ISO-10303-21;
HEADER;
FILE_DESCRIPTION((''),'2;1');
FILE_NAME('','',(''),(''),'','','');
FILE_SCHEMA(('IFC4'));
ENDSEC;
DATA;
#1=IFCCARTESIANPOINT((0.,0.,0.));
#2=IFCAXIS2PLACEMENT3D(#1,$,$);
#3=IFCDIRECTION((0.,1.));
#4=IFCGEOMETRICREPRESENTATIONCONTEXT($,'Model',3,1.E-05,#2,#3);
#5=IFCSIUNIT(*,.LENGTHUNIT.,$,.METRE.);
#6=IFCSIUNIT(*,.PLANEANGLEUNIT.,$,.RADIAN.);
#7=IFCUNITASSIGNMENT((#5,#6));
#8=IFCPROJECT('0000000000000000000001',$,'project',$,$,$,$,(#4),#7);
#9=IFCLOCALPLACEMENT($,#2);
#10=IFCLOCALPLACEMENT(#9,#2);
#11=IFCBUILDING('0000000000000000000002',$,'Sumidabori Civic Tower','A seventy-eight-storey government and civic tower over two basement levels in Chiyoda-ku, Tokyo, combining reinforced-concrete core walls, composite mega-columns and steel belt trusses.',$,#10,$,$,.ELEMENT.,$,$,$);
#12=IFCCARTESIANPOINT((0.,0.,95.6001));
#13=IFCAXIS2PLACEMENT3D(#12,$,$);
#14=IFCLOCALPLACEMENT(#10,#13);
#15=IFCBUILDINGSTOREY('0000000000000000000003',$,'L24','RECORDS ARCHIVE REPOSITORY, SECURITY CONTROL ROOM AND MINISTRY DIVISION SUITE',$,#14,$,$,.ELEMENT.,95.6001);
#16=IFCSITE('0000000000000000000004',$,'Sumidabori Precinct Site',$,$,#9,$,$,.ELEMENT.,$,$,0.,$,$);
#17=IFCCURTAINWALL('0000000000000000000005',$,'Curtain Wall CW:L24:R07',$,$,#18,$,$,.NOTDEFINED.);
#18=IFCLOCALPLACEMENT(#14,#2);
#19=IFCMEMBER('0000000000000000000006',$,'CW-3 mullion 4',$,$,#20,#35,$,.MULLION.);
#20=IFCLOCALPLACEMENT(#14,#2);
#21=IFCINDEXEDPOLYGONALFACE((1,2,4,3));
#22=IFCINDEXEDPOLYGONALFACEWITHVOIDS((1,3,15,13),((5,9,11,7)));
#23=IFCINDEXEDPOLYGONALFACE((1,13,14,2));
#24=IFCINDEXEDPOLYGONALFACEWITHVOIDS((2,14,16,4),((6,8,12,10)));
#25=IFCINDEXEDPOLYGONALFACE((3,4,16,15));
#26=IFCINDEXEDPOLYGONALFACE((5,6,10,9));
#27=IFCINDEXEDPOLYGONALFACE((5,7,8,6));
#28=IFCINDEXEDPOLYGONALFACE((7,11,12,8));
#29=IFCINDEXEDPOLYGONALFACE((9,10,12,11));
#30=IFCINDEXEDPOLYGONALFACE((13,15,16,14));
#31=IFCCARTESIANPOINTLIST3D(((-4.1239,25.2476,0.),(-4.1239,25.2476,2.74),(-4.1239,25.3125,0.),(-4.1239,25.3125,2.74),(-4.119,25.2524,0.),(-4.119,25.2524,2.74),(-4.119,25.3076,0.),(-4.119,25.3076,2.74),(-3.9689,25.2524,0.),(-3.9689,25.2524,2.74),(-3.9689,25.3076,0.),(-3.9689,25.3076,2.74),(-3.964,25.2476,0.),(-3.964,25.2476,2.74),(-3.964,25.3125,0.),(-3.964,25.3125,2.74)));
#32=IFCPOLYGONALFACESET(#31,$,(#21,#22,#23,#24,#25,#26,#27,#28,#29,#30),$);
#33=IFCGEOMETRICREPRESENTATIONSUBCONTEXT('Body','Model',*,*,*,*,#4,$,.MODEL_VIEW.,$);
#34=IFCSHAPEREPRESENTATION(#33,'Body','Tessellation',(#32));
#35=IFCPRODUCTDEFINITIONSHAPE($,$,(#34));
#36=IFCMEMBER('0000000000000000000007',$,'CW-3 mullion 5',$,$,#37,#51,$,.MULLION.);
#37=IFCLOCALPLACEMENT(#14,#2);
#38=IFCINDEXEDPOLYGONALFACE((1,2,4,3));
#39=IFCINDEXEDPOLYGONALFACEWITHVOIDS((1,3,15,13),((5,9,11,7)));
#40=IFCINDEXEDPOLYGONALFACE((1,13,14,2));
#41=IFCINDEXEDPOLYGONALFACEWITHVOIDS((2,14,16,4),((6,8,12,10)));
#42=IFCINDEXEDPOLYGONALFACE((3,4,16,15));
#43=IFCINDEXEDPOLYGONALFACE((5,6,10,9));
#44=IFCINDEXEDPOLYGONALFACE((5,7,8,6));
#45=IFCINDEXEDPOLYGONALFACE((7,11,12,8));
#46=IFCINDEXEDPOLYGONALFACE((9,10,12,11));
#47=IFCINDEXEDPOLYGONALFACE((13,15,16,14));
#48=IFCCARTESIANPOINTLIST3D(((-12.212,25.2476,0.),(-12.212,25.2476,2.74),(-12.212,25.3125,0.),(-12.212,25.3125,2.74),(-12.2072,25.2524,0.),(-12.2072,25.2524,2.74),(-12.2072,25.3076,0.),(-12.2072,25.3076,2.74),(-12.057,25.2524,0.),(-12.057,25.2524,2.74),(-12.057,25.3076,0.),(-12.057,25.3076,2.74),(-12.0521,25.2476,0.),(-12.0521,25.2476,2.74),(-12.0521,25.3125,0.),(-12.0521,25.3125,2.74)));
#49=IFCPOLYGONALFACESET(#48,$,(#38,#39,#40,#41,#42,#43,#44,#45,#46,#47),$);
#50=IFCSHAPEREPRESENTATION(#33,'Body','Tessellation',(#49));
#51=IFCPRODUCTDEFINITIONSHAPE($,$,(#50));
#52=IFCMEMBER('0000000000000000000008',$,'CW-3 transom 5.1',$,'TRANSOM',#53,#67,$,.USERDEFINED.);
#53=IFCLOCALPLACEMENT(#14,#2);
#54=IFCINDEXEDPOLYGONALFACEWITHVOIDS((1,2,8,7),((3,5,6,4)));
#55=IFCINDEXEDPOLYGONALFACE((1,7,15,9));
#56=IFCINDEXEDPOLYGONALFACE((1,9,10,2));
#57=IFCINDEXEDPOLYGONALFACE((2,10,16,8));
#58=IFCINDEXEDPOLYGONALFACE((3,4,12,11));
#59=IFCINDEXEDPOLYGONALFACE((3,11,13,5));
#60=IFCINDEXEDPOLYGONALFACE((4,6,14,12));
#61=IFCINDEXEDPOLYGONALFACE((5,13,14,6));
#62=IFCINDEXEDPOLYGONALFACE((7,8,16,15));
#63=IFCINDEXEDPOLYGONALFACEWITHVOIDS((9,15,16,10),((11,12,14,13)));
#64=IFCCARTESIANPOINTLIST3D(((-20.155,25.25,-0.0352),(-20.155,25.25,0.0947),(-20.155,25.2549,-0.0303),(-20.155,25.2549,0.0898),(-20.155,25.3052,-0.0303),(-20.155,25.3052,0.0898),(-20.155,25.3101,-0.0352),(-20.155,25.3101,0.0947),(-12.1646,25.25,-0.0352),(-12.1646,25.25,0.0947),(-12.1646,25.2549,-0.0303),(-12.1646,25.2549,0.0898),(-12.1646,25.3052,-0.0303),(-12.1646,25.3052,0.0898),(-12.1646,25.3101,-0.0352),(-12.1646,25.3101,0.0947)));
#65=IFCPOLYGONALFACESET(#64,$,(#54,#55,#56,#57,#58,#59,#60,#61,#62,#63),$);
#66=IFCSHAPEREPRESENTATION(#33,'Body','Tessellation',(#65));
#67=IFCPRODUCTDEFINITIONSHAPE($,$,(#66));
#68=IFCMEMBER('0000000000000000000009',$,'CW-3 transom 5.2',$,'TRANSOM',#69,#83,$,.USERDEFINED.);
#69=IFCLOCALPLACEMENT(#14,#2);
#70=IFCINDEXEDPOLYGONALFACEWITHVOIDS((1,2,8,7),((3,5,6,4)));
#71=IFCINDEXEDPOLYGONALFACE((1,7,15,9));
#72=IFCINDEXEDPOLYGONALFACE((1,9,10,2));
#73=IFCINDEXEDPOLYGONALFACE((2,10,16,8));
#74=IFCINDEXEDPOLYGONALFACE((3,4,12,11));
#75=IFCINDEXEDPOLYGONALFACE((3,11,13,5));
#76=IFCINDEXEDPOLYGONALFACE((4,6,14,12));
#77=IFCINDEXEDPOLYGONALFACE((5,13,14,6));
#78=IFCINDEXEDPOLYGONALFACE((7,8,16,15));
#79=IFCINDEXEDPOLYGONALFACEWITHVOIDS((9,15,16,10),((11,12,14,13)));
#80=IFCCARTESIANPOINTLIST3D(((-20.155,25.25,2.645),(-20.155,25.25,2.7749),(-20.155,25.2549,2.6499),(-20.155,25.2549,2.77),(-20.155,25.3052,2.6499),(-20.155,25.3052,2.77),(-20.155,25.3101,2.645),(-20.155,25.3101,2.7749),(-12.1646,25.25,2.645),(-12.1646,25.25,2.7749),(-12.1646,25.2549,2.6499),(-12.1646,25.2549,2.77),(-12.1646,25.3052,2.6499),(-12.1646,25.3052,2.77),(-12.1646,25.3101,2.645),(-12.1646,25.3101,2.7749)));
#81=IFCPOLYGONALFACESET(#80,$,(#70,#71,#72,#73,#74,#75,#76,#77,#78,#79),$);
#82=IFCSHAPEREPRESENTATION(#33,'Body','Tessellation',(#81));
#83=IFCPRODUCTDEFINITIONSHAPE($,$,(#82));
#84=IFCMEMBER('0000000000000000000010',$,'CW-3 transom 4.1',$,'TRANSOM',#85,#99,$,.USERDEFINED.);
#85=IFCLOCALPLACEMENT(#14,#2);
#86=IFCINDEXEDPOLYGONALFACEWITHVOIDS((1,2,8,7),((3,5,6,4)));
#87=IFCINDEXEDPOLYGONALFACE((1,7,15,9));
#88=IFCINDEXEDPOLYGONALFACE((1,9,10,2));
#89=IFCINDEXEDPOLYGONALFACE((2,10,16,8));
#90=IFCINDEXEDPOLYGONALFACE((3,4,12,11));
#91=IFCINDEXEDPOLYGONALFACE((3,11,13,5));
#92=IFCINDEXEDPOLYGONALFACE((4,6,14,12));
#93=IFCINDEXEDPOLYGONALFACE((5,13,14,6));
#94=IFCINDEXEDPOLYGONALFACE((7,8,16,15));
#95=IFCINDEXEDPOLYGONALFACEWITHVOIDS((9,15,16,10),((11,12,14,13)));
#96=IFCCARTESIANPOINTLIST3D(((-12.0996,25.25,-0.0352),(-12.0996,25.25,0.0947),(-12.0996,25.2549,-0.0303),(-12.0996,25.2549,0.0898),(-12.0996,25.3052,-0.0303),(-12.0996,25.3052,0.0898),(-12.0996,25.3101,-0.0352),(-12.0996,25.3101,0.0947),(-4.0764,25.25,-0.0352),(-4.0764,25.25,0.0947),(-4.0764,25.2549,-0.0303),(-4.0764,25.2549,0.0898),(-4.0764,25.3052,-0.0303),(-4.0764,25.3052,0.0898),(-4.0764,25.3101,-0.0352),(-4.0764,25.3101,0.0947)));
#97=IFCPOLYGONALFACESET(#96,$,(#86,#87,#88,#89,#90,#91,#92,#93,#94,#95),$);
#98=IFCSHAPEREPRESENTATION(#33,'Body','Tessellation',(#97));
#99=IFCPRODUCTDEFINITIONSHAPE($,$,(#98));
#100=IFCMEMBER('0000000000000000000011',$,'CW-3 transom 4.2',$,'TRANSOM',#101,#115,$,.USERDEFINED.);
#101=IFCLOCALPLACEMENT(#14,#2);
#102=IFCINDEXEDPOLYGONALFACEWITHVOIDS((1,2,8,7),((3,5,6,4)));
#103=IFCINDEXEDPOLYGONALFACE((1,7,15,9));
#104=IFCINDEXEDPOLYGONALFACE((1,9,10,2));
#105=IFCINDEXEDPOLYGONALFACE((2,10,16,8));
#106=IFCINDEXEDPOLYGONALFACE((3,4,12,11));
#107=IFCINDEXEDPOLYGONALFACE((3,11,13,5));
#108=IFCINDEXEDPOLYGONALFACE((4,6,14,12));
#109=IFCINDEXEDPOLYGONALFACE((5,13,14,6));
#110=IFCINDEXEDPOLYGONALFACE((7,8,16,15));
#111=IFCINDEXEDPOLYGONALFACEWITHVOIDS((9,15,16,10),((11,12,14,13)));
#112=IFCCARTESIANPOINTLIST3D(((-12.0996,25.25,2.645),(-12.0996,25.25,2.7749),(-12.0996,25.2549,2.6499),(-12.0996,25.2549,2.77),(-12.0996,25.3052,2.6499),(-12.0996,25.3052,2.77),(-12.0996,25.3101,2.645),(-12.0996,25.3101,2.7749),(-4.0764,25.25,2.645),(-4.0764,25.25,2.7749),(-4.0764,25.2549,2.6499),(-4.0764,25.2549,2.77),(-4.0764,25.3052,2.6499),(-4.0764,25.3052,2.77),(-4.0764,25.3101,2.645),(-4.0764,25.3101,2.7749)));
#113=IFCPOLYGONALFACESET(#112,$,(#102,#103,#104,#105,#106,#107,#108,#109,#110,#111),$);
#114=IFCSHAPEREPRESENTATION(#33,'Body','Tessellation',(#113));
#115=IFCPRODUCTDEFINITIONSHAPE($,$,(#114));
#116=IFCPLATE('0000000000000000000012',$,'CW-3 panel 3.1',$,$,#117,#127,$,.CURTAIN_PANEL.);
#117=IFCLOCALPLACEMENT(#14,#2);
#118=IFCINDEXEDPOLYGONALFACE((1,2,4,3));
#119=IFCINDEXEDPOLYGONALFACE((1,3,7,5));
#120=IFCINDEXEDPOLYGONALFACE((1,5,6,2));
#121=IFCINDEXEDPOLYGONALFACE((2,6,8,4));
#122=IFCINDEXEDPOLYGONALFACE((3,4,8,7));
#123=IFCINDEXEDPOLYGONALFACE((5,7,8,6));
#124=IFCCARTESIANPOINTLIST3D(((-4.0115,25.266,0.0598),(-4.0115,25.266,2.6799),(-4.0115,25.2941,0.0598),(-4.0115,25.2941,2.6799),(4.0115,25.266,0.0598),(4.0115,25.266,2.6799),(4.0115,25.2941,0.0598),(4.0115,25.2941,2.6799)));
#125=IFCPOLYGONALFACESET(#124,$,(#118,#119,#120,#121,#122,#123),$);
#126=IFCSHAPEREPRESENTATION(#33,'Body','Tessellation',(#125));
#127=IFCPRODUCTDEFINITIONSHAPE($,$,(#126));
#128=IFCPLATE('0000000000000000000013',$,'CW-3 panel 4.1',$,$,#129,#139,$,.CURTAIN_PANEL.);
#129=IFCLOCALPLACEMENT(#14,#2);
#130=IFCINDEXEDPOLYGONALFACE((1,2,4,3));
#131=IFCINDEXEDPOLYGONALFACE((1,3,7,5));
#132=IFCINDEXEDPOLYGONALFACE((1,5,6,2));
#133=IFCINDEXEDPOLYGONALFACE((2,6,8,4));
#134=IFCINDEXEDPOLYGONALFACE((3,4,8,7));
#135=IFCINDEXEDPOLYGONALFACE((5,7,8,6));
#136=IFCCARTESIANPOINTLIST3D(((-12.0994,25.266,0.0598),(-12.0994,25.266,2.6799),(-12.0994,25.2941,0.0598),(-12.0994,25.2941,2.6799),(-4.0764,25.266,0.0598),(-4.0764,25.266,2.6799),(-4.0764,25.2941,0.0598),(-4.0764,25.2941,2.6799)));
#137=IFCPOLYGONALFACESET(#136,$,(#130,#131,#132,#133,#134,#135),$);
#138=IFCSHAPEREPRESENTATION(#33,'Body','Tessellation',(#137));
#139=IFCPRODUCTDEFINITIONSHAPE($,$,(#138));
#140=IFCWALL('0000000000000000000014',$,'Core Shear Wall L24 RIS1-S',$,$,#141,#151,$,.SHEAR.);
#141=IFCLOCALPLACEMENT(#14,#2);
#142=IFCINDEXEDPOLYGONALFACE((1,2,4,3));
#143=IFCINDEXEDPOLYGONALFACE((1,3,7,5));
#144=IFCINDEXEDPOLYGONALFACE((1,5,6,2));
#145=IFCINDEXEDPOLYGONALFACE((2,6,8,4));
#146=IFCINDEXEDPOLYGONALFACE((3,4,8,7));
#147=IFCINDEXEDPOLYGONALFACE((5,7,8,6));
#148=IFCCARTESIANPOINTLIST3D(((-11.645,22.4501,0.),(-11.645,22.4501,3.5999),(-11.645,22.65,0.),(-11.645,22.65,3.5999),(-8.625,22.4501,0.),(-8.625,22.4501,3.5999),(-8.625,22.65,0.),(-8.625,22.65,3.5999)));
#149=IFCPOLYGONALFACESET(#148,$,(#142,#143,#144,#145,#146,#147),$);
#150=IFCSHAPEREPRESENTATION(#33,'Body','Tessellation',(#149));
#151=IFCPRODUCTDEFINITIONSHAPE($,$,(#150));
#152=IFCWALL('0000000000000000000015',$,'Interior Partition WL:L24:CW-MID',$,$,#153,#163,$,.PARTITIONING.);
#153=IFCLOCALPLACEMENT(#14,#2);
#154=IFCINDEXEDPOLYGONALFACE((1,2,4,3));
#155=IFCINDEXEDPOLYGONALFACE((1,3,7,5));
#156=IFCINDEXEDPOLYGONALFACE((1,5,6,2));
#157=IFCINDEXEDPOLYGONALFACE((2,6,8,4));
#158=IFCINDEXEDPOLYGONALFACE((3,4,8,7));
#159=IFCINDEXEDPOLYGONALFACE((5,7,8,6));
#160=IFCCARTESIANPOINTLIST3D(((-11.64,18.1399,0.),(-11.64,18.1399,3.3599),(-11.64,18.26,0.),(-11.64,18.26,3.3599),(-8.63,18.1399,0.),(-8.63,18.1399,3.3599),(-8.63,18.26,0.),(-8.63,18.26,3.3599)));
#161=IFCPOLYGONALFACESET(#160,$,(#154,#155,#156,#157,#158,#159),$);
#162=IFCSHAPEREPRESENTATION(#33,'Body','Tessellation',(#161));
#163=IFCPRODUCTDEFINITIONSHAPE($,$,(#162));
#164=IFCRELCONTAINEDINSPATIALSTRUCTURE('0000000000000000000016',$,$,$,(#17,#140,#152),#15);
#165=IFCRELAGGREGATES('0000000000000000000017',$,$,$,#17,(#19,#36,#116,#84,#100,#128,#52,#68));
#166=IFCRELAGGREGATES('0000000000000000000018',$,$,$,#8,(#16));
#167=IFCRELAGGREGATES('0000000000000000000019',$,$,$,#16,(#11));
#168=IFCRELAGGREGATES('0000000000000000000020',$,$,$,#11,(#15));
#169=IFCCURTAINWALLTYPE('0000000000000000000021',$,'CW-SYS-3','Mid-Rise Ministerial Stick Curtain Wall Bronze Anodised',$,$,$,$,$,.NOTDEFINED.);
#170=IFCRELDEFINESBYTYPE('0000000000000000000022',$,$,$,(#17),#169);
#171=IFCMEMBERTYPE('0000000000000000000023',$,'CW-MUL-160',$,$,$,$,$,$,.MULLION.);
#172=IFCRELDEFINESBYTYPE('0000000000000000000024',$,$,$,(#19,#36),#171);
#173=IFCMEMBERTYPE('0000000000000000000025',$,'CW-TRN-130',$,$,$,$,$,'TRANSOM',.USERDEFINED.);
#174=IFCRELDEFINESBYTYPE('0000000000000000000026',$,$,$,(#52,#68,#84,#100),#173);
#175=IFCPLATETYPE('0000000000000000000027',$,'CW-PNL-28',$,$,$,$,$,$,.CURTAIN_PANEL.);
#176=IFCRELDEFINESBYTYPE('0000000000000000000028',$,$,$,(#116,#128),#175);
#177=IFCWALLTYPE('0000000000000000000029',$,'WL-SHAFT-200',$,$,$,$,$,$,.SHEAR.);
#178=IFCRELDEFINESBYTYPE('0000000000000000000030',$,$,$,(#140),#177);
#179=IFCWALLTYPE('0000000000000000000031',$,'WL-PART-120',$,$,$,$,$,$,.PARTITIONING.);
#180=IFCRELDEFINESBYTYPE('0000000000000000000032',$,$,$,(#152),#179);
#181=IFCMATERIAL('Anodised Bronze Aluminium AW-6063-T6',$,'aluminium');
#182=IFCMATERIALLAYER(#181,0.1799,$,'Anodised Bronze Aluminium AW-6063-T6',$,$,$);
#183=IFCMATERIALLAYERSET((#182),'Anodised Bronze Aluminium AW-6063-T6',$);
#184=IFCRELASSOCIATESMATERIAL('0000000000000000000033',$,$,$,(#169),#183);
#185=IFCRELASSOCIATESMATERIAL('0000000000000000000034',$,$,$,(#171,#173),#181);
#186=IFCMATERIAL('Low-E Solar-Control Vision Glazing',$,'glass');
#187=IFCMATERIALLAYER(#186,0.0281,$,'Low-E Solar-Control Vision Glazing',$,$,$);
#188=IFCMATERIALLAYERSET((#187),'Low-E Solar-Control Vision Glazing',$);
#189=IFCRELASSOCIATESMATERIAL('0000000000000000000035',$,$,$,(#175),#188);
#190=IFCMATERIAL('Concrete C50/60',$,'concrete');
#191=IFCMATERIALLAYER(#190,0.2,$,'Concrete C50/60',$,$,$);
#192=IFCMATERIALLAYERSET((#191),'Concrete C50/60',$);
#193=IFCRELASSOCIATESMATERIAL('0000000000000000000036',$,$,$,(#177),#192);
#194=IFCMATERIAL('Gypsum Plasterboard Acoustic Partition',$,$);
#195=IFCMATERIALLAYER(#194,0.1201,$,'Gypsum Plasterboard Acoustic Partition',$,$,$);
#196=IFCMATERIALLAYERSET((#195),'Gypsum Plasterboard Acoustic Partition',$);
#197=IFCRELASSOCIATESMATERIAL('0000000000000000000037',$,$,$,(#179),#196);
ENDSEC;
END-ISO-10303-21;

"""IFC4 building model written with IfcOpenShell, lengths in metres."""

from ifc_helpers import new_model, si_unit, direction, frame, frame_2d, origin, origin_2d, place, context, subcontext, project, spatial, rectangle, hollow_rectangle, extrude, source, transform, mapped, material, layer, layer_set, material_profile, profile_set, type_object, element, aggregate, save


model = new_model("IFC4")

# Units and contexts
model_context = context("Model", 3, precision=1e-05, world=origin(), true_north=direction((0.0, 1.0)))
body_context = subcontext(model_context, "Body", "Model", "MODEL_VIEW")
ifc_project = project(units=[si_unit("LENGTHUNIT", "METRE"), si_unit("PLANEANGLEUNIT", "RADIAN")], contexts=[model_context])

# Site, building, storey
site_placement = place(None, origin())
site = spatial("IfcSite", under=ifc_project, at=site_placement, Name="Sumidabori Precinct Site", CompositionType="ELEMENT", RefElevation=0.0)
building_placement = place(site_placement, origin())
building = spatial("IfcBuilding", under=site, at=building_placement, Name="Sumidabori Civic Tower", Description="A seventy-eight-storey government and civic tower over two basement levels in Chiyoda-ku, Tokyo, combining reinforced-concrete core walls, composite mega-columns and steel belt trusses.", CompositionType="ELEMENT")
storey_placement = place(building_placement, frame((0.0, 0.0, 95.6001)))
storey = spatial("IfcBuildingStorey", under=building, at=storey_placement, Name="L24", Description="RECORDS ARCHIVE REPOSITORY, SECURITY CONTROL ROOM AND MINISTRY DIVISION SUITE", CompositionType="ELEMENT", Elevation=95.6001)

# Curtain wall, members, plates
ifc_material_1 = material(Name="Anodised Bronze Aluminium AW-6063-T6", Category="aluminium")
ifc_layer_1 = layer(ifc_material_1, 0.1799, Name="Anodised Bronze Aluminium AW-6063-T6")
ifc_layer_set_1 = layer_set([ifc_layer_1], Name="Anodised Bronze Aluminium AW-6063-T6")
curtain_wall_type = type_object("IfcCurtainWallType", Name="CW-SYS-3", Description="Mid-Rise Ministerial Stick Curtain Wall Bronze Anodised", PredefinedType="NOTDEFINED", material=ifc_layer_set_1)
curtain_wall_placement = place(storey_placement, origin())
curtain_wall = element("IfcCurtainWall", 1, at=curtain_wall_placement, inside=storey, type_object=curtain_wall_type, Name="Curtain Wall CW:L24:R07", PredefinedType="NOTDEFINED")
ifc_material_profile_1 = material_profile(ifc_material_1, hollow_rectangle(XDim=0.0649, YDim=0.1599, WallThickness=0.0049, at=origin_2d()), Name="ALU MULLION 160x65")
ifc_profile_set_1 = profile_set([ifc_material_profile_1], Name="Anodised Bronze Aluminium AW-6063-T6")
member_type_1 = type_object("IfcMemberType", Name="CW-MUL-160", PredefinedType="MULLION", material=ifc_profile_set_1)
shared_shape_1 = source(origin(), body_context, "Body", "SweptSolid", [
    extrude(hollow_rectangle(XDim=0.0649, YDim=0.1599, WallThickness=0.0049, at=origin_2d()), origin(), (0.0, 0.0, 1.0), 2.74),
])
member_1_placement = place(storey_placement, frame((-4.0439, 25.28, 0.0), z_axis=(0.0, 0.0, 1.0), x_axis=(0.0, -1.0, 0.0)))
member_1 = element("IfcMember", 2, at=member_1_placement, type_object=member_type_1, Name="CW-3 mullion 4", PredefinedType="MULLION", context=body_context, shape_type="MappedRepresentation", body=[
    mapped(shared_shape_1, transform((0.0, 0.0, 0.0), x_axis=(1.0, 0.0, 0.0), y_axis=(0.0, 1.0, 0.0), z_axis=(0.0, 0.0, 1.0), scale=1.0)),
])
member_2_placement = place(storey_placement, frame((-12.1321, 25.28, 0.0), z_axis=(0.0, 0.0, 1.0), x_axis=(0.0, -1.0, 0.0)))
member_2 = element("IfcMember", 3, at=member_2_placement, type_object=member_type_1, Name="CW-3 mullion 5", PredefinedType="MULLION", context=body_context, shape_type="MappedRepresentation", body=[
    mapped(shared_shape_1, transform((0.0, 0.0, 0.0), x_axis=(1.0, 0.0, 0.0), y_axis=(0.0, 1.0, 0.0), z_axis=(0.0, 0.0, 1.0), scale=1.0)),
])
ifc_material_profile_2 = material_profile(ifc_material_1, hollow_rectangle(XDim=0.0601, YDim=0.1299, WallThickness=0.0049, at=origin_2d()), Name="ALU TRANSOM 130x60")
ifc_profile_set_2 = profile_set([ifc_material_profile_2], Name="Anodised Bronze Aluminium AW-6063-T6")
member_type_2 = type_object("IfcMemberType", Name="CW-TRN-130", ElementType="TRANSOM", PredefinedType="USERDEFINED", material=ifc_profile_set_2)
shared_shape_2 = source(origin(), body_context, "Body", "SweptSolid", [
    extrude(hollow_rectangle(XDim=0.0601, YDim=0.1299, WallThickness=0.0049, at=origin_2d()), origin(), (0.0, 0.0, 1.0), 7.9905),
])
member_3_placement = place(storey_placement, frame((-12.1646, 25.28, 0.0298), z_axis=(-1.0, 0.0, 0.0), x_axis=(0.0, -1.0, 0.0)))
member_3 = element("IfcMember", 4, at=member_3_placement, type_object=member_type_2, Name="CW-3 transom 5.1", ObjectType="TRANSOM", PredefinedType="USERDEFINED", context=body_context, shape_type="MappedRepresentation", body=[
    mapped(shared_shape_2, transform((0.0, 0.0, 0.0), x_axis=(1.0, 0.0, 0.0), y_axis=(0.0, 1.0, 0.0), z_axis=(0.0, 0.0, 1.0), scale=1.0)),
])
member_4_placement = place(storey_placement, frame((-12.1646, 25.28, 2.71), z_axis=(-1.0, 0.0, 0.0), x_axis=(0.0, -1.0, 0.0)))
member_4 = element("IfcMember", 5, at=member_4_placement, type_object=member_type_2, Name="CW-3 transom 5.2", ObjectType="TRANSOM", PredefinedType="USERDEFINED", context=body_context, shape_type="MappedRepresentation", body=[
    mapped(shared_shape_2, transform((0.0, 0.0, 0.0), x_axis=(1.0, 0.0, 0.0), y_axis=(0.0, 1.0, 0.0), z_axis=(0.0, 0.0, 1.0), scale=1.0)),
])
shared_shape_3 = source(origin(), body_context, "Body", "SweptSolid", [
    extrude(hollow_rectangle(XDim=0.0601, YDim=0.1299, WallThickness=0.0049, at=origin_2d()), origin(), (0.0, 0.0, 1.0), 8.0232),
])
member_5_placement = place(storey_placement, frame((-4.0764, 25.28, 0.0298), z_axis=(-1.0, 0.0, 0.0), x_axis=(0.0, -1.0, 0.0)))
member_5 = element("IfcMember", 6, at=member_5_placement, type_object=member_type_2, Name="CW-3 transom 4.1", ObjectType="TRANSOM", PredefinedType="USERDEFINED", context=body_context, shape_type="MappedRepresentation", body=[
    mapped(shared_shape_3, transform((0.0, 0.0, 0.0), x_axis=(1.0, 0.0, 0.0), y_axis=(0.0, 1.0, 0.0), z_axis=(0.0, 0.0, 1.0), scale=1.0)),
])
member_6_placement = place(storey_placement, frame((-4.0764, 25.28, 2.71), z_axis=(-1.0, 0.0, 0.0), x_axis=(0.0, -1.0, 0.0)))
member_6 = element("IfcMember", 7, at=member_6_placement, type_object=member_type_2, Name="CW-3 transom 4.2", ObjectType="TRANSOM", PredefinedType="USERDEFINED", context=body_context, shape_type="MappedRepresentation", body=[
    mapped(shared_shape_3, transform((0.0, 0.0, 0.0), x_axis=(1.0, 0.0, 0.0), y_axis=(0.0, 1.0, 0.0), z_axis=(0.0, 0.0, 1.0), scale=1.0)),
])
ifc_material_2 = material(Name="Low-E Solar-Control Vision Glazing", Category="glass")
ifc_layer_2 = layer(ifc_material_2, 0.0281, Name="Low-E Solar-Control Vision Glazing")
ifc_layer_set_2 = layer_set([ifc_layer_2], Name="Low-E Solar-Control Vision Glazing")
plate_type = type_object("IfcPlateType", Name="CW-PNL-28", PredefinedType="CURTAIN_PANEL", material=ifc_layer_set_2)
shared_shape_4 = source(origin(), body_context, "Body", "SweptSolid", [
    extrude(rectangle(XDim=8.0229, YDim=0.0281, at=origin_2d()), origin(), (0.0, 0.0, 1.0), 2.6201),
])
plate_1_placement = place(storey_placement, frame((0.0, 25.28, 0.0598), z_axis=(0.0, 0.0, 1.0), x_axis=(-1.0, 0.0, 0.0)))
plate_1 = element("IfcPlate", 8, at=plate_1_placement, type_object=plate_type, Name="CW-3 panel 3.1", PredefinedType="CURTAIN_PANEL", context=body_context, shape_type="MappedRepresentation", body=[
    mapped(shared_shape_4, transform((0.0, 0.0, 0.0), x_axis=(1.0, 0.0, 0.0), y_axis=(0.0, 1.0, 0.0), z_axis=(0.0, 0.0, 1.0), scale=1.0)),
])
plate_2_placement = place(storey_placement, frame((-8.0879, 25.28, 0.0598), z_axis=(0.0, 0.0, 1.0), x_axis=(-1.0, 0.0, 0.0)))
plate_2 = element("IfcPlate", 9, at=plate_2_placement, type_object=plate_type, Name="CW-3 panel 4.1", PredefinedType="CURTAIN_PANEL", context=body_context, shape_type="MappedRepresentation", body=[
    mapped(shared_shape_4, transform((0.0, 0.0, 0.0), x_axis=(1.0, 0.0, 0.0), y_axis=(0.0, 1.0, 0.0), z_axis=(0.0, 0.0, 1.0), scale=1.0)),
])
aggregate(curtain_wall, [member_1, member_2, plate_1, member_5, member_6, plate_2, member_3, member_4])

# Wall
ifc_material_3 = material(Name="Concrete C50/60", Category="concrete")
ifc_layer_3 = layer(ifc_material_3, 0.2, Name="Concrete C50/60")
ifc_layer_set_3 = layer_set([ifc_layer_3], Name="Concrete C50/60")
wall_type_1 = type_object("IfcWallType", Name="WL-SHAFT-200", PredefinedType="SHEAR", material=ifc_layer_set_3)
shared_shape_5 = source(origin(), body_context, "Body", "SweptSolid", [
    extrude(rectangle(XDim=3.02, YDim=0.2, at=frame_2d((1.51, 0.0))), origin(), (0.0, 0.0, 1.0), 3.5999),
])
wall_1_placement = place(storey_placement, frame((-11.645, 22.55, 0.0), z_axis=(0.0, 0.0, 1.0), x_axis=(1.0, 0.0, 0.0)))
element("IfcWall", 10, at=wall_1_placement, inside=storey, type_object=wall_type_1, Name="Core Shear Wall L24 RIS1-S", PredefinedType="SHEAR", context=body_context, shape_type="MappedRepresentation", body=[
    mapped(shared_shape_5, transform((0.0, 0.0, 0.0), x_axis=(1.0, 0.0, 0.0), y_axis=(0.0, 1.0, 0.0), z_axis=(0.0, 0.0, 1.0), scale=1.0)),
])

# Shared definitions
ifc_material_4 = material(Name="Gypsum Plasterboard Acoustic Partition")

# Wall
ifc_layer_4 = layer(ifc_material_4, 0.1201, Name="Gypsum Plasterboard Acoustic Partition")
ifc_layer_set_4 = layer_set([ifc_layer_4], Name="Gypsum Plasterboard Acoustic Partition")
wall_type_2 = type_object("IfcWallType", Name="WL-PART-120", PredefinedType="PARTITIONING", material=ifc_layer_set_4)
shared_shape_6 = source(origin(), body_context, "Body", "SweptSolid", [
    extrude(rectangle(XDim=3.01, YDim=0.1201, at=frame_2d((1.5049, 0.0))), origin(), (0.0, 0.0, 1.0), 3.3599),
])
wall_2_placement = place(storey_placement, frame((-11.6399, 18.2, 0.0), z_axis=(0.0, 0.0, 1.0), x_axis=(1.0, 0.0, 0.0)))
element("IfcWall", 11, at=wall_2_placement, inside=storey, type_object=wall_type_2, Name="Interior Partition WL:L24:CW-MID", PredefinedType="PARTITIONING", context=body_context, shape_type="MappedRepresentation", body=[
    mapped(shared_shape_6, transform((0.0, 0.0, 0.0), x_axis=(1.0, 0.0, 0.0), y_axis=(0.0, 1.0, 0.0), z_axis=(0.0, 0.0, 1.0), scale=1.0)),
])

save(model, "model.ifc")
